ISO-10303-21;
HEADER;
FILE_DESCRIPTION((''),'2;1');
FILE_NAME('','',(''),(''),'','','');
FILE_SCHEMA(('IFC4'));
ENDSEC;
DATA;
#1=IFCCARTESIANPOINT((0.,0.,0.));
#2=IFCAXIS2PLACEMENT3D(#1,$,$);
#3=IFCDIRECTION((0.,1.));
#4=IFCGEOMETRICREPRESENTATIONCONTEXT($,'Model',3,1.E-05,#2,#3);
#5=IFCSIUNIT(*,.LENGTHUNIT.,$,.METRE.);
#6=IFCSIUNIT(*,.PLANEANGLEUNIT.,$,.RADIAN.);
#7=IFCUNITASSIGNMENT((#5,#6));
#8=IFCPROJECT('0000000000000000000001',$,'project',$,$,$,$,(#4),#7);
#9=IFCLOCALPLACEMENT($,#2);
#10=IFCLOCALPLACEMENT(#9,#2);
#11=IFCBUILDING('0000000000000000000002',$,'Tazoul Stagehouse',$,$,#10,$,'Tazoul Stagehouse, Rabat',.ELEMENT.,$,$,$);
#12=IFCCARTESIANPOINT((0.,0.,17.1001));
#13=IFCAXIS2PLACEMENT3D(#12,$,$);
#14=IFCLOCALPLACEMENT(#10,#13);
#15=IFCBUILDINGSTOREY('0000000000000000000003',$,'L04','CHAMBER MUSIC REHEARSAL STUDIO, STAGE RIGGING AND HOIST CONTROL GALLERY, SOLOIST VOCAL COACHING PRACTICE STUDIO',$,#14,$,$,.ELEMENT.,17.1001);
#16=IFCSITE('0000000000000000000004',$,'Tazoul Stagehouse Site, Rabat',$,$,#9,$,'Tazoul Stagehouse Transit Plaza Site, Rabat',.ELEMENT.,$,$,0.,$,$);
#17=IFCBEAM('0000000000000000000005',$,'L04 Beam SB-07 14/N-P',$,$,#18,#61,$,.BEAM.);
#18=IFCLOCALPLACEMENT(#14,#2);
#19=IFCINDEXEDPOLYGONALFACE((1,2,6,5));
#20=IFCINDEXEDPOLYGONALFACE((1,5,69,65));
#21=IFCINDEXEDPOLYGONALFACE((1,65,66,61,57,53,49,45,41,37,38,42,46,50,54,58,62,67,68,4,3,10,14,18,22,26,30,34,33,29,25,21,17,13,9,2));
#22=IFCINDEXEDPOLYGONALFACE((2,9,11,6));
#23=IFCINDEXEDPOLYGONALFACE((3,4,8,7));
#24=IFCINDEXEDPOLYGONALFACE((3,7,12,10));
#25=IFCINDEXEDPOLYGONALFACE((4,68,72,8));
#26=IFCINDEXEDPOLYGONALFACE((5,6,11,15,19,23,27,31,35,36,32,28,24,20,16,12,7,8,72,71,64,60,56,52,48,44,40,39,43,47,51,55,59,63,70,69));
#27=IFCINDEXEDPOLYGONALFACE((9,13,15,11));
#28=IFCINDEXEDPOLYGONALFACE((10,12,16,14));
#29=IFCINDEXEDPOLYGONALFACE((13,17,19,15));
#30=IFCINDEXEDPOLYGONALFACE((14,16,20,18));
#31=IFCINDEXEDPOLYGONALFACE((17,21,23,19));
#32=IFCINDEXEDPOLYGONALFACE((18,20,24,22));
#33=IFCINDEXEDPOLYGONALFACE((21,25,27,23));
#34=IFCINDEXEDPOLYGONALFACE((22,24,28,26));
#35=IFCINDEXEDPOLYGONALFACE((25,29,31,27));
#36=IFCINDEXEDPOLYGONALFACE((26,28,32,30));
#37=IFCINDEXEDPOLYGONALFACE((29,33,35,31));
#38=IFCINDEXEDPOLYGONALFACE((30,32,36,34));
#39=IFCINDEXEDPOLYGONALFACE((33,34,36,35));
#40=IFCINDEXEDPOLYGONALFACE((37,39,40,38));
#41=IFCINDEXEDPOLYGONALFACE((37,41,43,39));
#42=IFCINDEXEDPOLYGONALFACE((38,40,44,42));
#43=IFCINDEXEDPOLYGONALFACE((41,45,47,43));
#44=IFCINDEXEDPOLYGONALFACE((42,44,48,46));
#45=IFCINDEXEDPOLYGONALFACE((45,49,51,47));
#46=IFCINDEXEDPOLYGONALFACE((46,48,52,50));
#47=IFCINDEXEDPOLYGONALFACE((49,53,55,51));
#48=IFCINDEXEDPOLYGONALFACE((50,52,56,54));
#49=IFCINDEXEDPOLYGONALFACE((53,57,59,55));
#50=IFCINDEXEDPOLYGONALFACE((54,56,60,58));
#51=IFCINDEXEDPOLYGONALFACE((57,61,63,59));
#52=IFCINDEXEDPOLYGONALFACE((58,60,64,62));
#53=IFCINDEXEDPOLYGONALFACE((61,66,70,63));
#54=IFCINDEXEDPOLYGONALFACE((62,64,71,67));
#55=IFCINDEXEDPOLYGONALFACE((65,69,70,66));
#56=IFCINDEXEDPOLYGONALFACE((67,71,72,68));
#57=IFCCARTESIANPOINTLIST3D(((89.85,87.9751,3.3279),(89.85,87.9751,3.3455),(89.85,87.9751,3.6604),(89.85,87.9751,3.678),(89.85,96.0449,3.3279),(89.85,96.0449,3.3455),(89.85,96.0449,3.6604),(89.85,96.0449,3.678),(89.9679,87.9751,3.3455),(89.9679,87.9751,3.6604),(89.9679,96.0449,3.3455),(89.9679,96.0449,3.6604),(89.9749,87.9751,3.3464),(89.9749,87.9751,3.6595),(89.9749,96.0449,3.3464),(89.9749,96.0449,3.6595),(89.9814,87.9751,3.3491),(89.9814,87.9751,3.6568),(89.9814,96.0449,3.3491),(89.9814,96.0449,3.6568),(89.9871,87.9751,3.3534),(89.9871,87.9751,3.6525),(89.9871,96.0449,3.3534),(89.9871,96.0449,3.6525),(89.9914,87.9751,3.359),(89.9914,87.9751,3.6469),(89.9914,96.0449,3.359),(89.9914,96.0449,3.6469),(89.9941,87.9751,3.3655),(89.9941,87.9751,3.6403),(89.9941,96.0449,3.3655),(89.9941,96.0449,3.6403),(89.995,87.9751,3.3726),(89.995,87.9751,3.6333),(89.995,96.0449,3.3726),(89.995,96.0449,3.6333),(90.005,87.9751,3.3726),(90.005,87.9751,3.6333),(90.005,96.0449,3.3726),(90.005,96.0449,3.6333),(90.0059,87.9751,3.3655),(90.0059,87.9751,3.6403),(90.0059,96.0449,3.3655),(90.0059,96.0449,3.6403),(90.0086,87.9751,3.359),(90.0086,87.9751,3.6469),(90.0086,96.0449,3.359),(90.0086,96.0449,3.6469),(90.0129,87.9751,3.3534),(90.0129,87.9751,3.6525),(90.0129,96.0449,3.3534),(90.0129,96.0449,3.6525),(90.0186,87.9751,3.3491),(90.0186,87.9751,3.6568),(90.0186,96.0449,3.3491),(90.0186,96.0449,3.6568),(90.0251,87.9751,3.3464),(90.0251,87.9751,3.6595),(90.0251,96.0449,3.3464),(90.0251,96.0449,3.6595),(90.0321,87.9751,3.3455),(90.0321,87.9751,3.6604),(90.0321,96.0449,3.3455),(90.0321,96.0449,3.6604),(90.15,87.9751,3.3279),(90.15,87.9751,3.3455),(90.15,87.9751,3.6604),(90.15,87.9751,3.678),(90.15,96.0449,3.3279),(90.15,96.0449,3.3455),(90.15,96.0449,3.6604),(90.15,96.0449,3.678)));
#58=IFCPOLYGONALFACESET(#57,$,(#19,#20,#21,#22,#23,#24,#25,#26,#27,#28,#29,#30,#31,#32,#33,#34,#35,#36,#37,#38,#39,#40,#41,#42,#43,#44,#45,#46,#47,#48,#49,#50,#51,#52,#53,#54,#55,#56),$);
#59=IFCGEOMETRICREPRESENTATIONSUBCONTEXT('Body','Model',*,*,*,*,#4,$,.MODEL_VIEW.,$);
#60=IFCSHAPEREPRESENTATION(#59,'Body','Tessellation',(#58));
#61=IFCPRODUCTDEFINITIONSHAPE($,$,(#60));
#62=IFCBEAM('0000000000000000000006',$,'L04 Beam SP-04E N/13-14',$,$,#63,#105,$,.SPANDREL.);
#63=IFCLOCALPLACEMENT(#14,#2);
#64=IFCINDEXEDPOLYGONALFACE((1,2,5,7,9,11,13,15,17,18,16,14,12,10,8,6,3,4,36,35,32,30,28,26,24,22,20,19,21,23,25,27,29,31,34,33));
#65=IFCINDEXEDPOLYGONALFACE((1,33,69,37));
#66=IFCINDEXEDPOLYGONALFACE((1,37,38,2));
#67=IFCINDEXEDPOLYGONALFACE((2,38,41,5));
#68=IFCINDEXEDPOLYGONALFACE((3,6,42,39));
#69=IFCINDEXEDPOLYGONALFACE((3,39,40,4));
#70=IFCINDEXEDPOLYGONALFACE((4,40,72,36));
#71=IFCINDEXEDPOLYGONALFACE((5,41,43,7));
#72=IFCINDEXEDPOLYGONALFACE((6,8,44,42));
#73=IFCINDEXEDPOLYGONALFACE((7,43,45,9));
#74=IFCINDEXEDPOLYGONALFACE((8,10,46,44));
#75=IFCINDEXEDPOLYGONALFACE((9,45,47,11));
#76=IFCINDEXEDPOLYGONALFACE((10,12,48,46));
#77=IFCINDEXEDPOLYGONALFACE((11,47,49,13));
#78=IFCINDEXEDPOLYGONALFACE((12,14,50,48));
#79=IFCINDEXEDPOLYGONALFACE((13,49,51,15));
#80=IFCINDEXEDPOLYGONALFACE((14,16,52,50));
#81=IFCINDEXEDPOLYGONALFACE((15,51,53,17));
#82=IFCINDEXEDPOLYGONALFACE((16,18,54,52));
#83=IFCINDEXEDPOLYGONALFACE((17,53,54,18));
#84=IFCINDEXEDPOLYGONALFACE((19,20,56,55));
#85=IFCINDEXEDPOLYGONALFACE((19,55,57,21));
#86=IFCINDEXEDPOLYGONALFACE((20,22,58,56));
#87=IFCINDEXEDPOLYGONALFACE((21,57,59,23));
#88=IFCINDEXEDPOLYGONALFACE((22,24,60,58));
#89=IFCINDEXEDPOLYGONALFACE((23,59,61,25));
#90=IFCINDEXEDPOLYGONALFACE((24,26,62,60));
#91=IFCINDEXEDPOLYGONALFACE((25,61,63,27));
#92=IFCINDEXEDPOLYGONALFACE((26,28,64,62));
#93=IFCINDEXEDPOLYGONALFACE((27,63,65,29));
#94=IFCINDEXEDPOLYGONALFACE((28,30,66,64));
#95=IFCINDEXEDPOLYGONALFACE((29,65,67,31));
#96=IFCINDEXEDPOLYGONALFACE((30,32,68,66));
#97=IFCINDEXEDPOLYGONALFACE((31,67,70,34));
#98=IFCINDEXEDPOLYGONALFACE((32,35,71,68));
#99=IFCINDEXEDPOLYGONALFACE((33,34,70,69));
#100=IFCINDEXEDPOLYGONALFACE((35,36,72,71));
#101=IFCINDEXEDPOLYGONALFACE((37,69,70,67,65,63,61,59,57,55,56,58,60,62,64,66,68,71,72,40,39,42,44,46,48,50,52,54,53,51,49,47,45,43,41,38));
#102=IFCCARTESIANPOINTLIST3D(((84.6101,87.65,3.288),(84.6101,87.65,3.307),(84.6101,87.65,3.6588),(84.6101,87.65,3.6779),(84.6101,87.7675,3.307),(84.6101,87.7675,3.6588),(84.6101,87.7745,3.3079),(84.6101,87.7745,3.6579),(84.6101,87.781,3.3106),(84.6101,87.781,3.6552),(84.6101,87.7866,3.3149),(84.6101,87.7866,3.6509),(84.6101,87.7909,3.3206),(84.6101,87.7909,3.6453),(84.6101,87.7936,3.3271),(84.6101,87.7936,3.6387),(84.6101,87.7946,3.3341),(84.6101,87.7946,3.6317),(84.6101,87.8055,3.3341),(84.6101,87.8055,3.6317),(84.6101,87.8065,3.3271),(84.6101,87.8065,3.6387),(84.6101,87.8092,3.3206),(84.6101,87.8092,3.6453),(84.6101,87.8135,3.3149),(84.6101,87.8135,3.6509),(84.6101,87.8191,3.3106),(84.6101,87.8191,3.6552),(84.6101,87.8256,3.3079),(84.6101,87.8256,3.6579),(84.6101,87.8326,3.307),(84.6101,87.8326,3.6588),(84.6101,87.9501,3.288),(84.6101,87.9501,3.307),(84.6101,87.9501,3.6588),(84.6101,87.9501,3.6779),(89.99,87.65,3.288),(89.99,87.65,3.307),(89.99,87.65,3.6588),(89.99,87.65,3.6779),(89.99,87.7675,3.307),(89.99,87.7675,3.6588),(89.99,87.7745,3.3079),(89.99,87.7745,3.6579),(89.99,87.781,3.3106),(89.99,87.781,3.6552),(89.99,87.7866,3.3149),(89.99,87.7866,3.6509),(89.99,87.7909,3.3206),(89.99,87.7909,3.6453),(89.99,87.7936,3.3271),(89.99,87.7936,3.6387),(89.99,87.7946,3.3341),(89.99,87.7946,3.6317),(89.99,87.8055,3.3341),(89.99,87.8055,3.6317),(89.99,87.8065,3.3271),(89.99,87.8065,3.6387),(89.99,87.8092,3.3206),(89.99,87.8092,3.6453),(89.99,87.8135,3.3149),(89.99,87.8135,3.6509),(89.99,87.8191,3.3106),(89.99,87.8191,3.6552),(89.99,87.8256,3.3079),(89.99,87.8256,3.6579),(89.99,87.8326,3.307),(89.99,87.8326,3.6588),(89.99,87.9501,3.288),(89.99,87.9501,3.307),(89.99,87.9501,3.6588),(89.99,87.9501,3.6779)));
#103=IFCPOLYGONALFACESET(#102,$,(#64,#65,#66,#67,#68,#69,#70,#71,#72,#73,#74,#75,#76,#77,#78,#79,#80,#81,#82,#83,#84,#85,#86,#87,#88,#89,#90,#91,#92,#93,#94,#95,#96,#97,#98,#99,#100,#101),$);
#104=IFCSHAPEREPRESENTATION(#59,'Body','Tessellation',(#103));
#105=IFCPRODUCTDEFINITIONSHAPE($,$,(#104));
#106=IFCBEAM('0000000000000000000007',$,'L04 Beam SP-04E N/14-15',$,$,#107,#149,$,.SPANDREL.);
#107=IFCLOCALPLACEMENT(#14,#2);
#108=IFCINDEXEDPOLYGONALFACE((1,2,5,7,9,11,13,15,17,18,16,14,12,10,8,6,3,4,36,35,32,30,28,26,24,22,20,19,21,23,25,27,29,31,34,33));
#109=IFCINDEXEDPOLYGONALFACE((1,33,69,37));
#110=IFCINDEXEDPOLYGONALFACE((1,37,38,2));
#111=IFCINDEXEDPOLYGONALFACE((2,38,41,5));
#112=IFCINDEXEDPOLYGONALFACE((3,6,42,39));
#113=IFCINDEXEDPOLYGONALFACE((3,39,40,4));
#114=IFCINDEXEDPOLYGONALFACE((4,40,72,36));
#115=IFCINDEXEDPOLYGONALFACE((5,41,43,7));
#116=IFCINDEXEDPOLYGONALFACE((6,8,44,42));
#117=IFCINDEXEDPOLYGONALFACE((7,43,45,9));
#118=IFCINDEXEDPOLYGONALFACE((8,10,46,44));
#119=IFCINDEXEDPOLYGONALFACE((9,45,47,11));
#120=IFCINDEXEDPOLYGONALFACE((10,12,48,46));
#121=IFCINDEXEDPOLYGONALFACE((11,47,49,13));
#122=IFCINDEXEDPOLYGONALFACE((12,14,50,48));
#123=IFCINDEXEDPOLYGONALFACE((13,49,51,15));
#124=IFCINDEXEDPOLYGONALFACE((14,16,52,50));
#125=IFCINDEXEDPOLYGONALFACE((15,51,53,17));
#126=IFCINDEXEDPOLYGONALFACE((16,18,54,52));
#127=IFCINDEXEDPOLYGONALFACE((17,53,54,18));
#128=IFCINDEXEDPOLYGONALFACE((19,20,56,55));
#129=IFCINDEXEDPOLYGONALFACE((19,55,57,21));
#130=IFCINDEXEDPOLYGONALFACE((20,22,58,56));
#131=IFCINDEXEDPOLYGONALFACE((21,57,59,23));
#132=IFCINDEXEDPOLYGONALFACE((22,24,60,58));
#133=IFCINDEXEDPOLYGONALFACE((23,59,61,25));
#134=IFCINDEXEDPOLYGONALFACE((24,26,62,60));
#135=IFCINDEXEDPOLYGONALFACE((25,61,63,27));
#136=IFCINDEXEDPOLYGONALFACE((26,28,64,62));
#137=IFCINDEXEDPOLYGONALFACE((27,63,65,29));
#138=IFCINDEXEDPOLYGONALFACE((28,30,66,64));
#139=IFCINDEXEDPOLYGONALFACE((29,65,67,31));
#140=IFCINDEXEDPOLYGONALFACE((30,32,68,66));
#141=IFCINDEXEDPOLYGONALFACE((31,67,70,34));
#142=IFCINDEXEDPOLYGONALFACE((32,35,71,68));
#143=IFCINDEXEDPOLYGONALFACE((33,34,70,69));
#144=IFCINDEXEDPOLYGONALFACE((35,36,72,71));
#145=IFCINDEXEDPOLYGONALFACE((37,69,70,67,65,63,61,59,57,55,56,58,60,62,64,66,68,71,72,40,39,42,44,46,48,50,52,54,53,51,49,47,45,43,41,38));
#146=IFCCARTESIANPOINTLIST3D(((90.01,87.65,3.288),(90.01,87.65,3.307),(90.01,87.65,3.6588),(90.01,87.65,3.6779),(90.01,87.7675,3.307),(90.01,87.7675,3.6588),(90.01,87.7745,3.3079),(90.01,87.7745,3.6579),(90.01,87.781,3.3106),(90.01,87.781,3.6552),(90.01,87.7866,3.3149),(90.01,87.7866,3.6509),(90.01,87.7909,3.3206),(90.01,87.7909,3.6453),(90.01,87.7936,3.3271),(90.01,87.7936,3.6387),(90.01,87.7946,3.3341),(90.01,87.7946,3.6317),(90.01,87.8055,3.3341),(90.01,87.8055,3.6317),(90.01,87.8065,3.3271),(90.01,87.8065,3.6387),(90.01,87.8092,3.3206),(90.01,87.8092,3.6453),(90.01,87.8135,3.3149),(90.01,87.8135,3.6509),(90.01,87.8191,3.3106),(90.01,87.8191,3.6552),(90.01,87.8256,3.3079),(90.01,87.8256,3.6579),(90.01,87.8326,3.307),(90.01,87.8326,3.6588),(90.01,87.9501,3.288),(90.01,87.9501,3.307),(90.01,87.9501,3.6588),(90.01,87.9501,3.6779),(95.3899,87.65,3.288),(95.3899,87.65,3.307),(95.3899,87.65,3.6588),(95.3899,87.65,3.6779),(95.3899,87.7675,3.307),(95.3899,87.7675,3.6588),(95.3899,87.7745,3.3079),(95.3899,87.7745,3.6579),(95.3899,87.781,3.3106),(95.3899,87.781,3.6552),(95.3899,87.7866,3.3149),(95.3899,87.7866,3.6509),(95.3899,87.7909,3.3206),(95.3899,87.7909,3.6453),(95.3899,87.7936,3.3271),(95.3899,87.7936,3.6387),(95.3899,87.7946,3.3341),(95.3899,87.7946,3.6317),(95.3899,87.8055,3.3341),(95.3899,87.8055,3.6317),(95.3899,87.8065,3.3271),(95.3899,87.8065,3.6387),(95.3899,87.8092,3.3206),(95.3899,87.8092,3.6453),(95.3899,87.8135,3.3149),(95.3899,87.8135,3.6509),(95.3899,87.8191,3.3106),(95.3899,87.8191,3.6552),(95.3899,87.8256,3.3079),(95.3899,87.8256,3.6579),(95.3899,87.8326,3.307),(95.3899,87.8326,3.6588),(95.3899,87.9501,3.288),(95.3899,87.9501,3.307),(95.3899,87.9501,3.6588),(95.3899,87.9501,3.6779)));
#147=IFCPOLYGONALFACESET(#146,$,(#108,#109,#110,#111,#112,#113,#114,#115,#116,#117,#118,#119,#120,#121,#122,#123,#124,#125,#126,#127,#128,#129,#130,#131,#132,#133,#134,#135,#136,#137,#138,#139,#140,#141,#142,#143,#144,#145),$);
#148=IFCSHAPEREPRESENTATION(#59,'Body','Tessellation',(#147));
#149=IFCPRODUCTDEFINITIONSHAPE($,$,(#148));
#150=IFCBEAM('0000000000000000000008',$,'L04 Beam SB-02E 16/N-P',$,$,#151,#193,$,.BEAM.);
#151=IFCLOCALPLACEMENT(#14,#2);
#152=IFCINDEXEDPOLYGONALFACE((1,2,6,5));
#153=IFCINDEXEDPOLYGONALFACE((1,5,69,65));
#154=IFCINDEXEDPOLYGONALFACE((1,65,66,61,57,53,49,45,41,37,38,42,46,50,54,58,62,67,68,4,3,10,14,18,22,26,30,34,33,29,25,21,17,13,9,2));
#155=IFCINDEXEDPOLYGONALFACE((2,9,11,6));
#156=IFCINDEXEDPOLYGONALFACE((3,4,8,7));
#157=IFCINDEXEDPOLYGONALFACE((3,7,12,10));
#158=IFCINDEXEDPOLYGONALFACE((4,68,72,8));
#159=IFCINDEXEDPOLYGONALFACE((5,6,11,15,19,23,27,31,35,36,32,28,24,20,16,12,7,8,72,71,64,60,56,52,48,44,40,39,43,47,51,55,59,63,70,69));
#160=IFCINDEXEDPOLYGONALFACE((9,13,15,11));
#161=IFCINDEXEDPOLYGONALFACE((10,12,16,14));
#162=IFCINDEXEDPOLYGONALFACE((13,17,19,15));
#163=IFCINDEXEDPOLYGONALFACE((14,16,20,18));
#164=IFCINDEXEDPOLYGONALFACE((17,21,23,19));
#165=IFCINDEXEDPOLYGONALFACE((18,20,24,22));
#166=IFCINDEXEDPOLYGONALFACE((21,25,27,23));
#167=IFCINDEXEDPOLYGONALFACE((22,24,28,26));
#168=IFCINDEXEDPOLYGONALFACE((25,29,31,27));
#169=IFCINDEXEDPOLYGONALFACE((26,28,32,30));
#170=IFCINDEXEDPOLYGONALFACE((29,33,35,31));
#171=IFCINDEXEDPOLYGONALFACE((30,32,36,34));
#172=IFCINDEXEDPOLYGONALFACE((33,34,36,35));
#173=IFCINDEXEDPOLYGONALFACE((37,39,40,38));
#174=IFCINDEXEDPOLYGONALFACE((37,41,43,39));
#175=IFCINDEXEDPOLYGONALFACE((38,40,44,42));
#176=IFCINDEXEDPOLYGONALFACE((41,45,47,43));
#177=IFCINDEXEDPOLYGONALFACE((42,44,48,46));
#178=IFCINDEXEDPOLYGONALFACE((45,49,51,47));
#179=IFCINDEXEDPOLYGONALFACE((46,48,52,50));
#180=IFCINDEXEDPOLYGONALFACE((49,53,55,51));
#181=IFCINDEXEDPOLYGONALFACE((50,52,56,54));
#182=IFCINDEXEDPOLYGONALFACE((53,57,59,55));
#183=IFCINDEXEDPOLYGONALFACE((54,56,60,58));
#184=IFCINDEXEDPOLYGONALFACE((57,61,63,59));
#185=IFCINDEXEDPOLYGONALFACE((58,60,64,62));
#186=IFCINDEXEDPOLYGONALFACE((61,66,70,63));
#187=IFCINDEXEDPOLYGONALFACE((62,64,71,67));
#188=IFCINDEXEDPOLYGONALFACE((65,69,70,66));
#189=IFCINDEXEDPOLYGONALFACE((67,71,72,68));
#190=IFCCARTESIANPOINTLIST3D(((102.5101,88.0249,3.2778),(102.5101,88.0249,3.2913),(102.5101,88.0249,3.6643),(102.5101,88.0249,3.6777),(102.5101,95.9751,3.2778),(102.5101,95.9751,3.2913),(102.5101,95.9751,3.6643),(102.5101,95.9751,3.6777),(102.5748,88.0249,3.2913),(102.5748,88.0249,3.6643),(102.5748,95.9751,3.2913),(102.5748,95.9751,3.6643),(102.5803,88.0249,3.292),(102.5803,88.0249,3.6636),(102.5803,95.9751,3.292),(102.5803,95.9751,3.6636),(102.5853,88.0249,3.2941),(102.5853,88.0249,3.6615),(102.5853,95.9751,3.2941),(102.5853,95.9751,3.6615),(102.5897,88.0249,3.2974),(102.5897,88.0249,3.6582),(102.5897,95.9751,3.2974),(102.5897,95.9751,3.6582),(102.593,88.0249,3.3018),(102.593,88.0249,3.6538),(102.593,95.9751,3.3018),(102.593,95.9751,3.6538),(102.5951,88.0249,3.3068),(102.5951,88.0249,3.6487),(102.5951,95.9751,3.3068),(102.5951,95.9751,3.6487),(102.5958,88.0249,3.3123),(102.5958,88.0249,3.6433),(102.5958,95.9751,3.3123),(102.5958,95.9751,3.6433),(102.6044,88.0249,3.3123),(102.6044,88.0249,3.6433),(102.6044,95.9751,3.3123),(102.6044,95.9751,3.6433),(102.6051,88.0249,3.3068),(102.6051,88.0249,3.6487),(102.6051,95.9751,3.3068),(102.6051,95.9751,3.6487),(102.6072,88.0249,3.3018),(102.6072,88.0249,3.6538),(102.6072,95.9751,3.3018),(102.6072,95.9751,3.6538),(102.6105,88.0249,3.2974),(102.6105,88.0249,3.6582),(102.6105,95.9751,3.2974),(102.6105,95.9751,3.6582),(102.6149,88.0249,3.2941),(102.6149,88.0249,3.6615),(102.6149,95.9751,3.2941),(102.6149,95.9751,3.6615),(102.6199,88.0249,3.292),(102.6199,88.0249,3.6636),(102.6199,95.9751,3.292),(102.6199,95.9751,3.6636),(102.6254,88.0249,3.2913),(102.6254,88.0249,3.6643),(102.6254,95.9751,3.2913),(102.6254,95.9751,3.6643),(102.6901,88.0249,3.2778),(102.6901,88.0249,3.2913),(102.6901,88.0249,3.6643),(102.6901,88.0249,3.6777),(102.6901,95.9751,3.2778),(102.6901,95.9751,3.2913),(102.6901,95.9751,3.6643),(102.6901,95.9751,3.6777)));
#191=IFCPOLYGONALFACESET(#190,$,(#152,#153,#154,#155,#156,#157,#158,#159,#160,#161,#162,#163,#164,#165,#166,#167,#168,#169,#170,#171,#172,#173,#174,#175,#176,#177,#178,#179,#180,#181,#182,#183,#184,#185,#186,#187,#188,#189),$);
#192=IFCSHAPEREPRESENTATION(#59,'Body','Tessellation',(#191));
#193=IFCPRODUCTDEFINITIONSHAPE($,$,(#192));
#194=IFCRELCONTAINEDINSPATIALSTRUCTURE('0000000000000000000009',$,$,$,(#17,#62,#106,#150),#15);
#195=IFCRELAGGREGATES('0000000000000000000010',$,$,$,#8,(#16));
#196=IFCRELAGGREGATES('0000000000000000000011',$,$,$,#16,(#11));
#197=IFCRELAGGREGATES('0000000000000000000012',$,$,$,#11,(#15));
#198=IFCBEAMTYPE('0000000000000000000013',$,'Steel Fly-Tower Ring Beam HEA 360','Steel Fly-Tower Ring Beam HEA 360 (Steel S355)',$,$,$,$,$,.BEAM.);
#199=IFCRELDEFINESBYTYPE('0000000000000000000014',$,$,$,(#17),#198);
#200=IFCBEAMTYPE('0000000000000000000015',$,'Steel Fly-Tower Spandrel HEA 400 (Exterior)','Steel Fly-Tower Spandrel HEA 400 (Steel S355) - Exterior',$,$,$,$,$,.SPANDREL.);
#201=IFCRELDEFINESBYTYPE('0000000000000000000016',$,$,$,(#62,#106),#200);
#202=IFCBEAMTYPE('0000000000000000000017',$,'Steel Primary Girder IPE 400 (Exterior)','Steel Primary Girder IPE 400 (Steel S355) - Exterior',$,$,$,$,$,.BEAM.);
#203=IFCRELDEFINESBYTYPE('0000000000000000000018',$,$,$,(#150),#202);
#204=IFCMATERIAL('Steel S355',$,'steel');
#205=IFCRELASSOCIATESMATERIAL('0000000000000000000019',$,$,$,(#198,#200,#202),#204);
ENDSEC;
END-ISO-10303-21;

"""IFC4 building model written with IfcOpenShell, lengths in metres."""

from ifc_helpers import new_model, si_unit, direction, frame, origin, origin_2d, place, context, subcontext, project, spatial, i_section, extrude, material, material_profile, profile_set, type_object, element, save


model = new_model("IFC4")

# Units and contexts
model_context = context("Model", 3, precision=1e-05, world=origin(), true_north=direction((0.0, 1.0)))
body_context = subcontext(model_context, "Body", "Model", "MODEL_VIEW")
ifc_project = project(units=[si_unit("LENGTHUNIT", "METRE"), si_unit("PLANEANGLEUNIT", "RADIAN")], contexts=[model_context])

# Site, building, storey
site_placement = place(None, origin())
site = spatial("IfcSite", under=ifc_project, at=site_placement, Name="Tazoul Stagehouse Site, Rabat", LongName="Tazoul Stagehouse Transit Plaza Site, Rabat", CompositionType="ELEMENT", RefElevation=0.0)
building_placement = place(site_placement, origin())
building = spatial("IfcBuilding", under=site, at=building_placement, Name="Tazoul Stagehouse", LongName="Tazoul Stagehouse, Rabat", CompositionType="ELEMENT")
storey_placement = place(building_placement, frame((0.0, 0.0, 17.1001)))
storey = spatial("IfcBuildingStorey", under=building, at=storey_placement, Name="L04", Description="CHAMBER MUSIC REHEARSAL STUDIO, STAGE RIGGING AND HOIST CONTROL GALLERY, SOLOIST VOCAL COACHING PRACTICE STUDIO", CompositionType="ELEMENT", Elevation=17.1001)

# Shared definitions
ifc_material_1 = material(Name="Steel S355", Category="steel")

# Beams
ifc_material_profile_1 = material_profile(ifc_material_1, i_section(OverallWidth=0.3, OverallDepth=0.3501, WebThickness=0.01, FlangeThickness=0.0176, FilletRadius=0.0271, at=origin_2d()), Name="HEA 360")
ifc_profile_set_1 = profile_set([ifc_material_profile_1], Name="Steel S355")
beam_type_1 = type_object("IfcBeamType", Name="Steel Fly-Tower Ring Beam HEA 360", Description="Steel Fly-Tower Ring Beam HEA 360 (Steel S355)", PredefinedType="BEAM", material=ifc_profile_set_1)
beam_1_placement = place(storey_placement, frame((90.0, 87.9751, 3.5029), z_axis=(0.0, 1.0, 0.0), x_axis=(-1.0, 0.0, 0.0)))
element("IfcBeam", 1, at=beam_1_placement, inside=storey, type_object=beam_type_1, Name="L04 Beam SB-07 14/N-P", PredefinedType="BEAM", context=body_context, shape_type="SweptSolid", body=[
    extrude(i_section(OverallWidth=0.3, OverallDepth=0.3501, WebThickness=0.01, FlangeThickness=0.0176, FilletRadius=0.0271, at=origin_2d()), origin(), (0.0, 0.0, 1.0), 8.0698),
])
ifc_material_profile_2 = material_profile(ifc_material_1, i_section(OverallWidth=0.3, OverallDepth=0.3899, WebThickness=0.011, FlangeThickness=0.019, FilletRadius=0.0271, at=origin_2d()), Name="HEA 400")
ifc_profile_set_2 = profile_set([ifc_material_profile_2], Name="Steel S355")
beam_type_2 = type_object("IfcBeamType", Name="Steel Fly-Tower Spandrel HEA 400 (Exterior)", Description="Steel Fly-Tower Spandrel HEA 400 (Steel S355) - Exterior", PredefinedType="SPANDREL", material=ifc_profile_set_2)
for number, where, z_axis, x_axis, name in (
    (2, (84.6101, 87.8, 3.4829), (1.0, 0.0, 0.0), (0.0, 1.0, 0.0), "L04 Beam SP-04E N/13-14"),
    (3, (90.01, 87.8, 3.4829), (1.0, 0.0, 0.0), (0.0, 1.0, 0.0), "L04 Beam SP-04E N/14-15"),
):
    element("IfcBeam", number, at=place(storey_placement, frame(where, z_axis=z_axis, x_axis=x_axis)), inside=storey, type_object=beam_type_2, Name=name, PredefinedType="SPANDREL", context=body_context, shape_type="SweptSolid", body=[
        extrude(i_section(OverallWidth=0.3, OverallDepth=0.3899, WebThickness=0.011, FlangeThickness=0.019, FilletRadius=0.0271, at=origin_2d()), origin(), (0.0, 0.0, 1.0), 5.3799),
    ])
ifc_material_profile_3 = material_profile(ifc_material_1, i_section(OverallWidth=0.1799, OverallDepth=0.3999, WebThickness=0.0085, FlangeThickness=0.0134, FilletRadius=0.021, at=origin_2d()), Name="IPE 400")
ifc_profile_set_3 = profile_set([ifc_material_profile_3], Name="Steel S355")
beam_type_3 = type_object("IfcBeamType", Name="Steel Primary Girder IPE 400 (Exterior)", Description="Steel Primary Girder IPE 400 (Steel S355) - Exterior", PredefinedType="BEAM", material=ifc_profile_set_3)
beam_2_placement = place(storey_placement, frame((102.6001, 88.0249, 3.4778), z_axis=(0.0, 1.0, 0.0), x_axis=(-1.0, 0.0, 0.0)))
element("IfcBeam", 4, at=beam_2_placement, inside=storey, type_object=beam_type_3, Name="L04 Beam SB-02E 16/N-P", PredefinedType="BEAM", context=body_context, shape_type="SweptSolid", body=[
    extrude(i_section(OverallWidth=0.1799, OverallDepth=0.3999, WebThickness=0.0085, FlangeThickness=0.0134, FilletRadius=0.021, at=origin_2d()), origin(), (0.0, 0.0, 1.0), 7.9502),
])

save(model, "model.ifc")
